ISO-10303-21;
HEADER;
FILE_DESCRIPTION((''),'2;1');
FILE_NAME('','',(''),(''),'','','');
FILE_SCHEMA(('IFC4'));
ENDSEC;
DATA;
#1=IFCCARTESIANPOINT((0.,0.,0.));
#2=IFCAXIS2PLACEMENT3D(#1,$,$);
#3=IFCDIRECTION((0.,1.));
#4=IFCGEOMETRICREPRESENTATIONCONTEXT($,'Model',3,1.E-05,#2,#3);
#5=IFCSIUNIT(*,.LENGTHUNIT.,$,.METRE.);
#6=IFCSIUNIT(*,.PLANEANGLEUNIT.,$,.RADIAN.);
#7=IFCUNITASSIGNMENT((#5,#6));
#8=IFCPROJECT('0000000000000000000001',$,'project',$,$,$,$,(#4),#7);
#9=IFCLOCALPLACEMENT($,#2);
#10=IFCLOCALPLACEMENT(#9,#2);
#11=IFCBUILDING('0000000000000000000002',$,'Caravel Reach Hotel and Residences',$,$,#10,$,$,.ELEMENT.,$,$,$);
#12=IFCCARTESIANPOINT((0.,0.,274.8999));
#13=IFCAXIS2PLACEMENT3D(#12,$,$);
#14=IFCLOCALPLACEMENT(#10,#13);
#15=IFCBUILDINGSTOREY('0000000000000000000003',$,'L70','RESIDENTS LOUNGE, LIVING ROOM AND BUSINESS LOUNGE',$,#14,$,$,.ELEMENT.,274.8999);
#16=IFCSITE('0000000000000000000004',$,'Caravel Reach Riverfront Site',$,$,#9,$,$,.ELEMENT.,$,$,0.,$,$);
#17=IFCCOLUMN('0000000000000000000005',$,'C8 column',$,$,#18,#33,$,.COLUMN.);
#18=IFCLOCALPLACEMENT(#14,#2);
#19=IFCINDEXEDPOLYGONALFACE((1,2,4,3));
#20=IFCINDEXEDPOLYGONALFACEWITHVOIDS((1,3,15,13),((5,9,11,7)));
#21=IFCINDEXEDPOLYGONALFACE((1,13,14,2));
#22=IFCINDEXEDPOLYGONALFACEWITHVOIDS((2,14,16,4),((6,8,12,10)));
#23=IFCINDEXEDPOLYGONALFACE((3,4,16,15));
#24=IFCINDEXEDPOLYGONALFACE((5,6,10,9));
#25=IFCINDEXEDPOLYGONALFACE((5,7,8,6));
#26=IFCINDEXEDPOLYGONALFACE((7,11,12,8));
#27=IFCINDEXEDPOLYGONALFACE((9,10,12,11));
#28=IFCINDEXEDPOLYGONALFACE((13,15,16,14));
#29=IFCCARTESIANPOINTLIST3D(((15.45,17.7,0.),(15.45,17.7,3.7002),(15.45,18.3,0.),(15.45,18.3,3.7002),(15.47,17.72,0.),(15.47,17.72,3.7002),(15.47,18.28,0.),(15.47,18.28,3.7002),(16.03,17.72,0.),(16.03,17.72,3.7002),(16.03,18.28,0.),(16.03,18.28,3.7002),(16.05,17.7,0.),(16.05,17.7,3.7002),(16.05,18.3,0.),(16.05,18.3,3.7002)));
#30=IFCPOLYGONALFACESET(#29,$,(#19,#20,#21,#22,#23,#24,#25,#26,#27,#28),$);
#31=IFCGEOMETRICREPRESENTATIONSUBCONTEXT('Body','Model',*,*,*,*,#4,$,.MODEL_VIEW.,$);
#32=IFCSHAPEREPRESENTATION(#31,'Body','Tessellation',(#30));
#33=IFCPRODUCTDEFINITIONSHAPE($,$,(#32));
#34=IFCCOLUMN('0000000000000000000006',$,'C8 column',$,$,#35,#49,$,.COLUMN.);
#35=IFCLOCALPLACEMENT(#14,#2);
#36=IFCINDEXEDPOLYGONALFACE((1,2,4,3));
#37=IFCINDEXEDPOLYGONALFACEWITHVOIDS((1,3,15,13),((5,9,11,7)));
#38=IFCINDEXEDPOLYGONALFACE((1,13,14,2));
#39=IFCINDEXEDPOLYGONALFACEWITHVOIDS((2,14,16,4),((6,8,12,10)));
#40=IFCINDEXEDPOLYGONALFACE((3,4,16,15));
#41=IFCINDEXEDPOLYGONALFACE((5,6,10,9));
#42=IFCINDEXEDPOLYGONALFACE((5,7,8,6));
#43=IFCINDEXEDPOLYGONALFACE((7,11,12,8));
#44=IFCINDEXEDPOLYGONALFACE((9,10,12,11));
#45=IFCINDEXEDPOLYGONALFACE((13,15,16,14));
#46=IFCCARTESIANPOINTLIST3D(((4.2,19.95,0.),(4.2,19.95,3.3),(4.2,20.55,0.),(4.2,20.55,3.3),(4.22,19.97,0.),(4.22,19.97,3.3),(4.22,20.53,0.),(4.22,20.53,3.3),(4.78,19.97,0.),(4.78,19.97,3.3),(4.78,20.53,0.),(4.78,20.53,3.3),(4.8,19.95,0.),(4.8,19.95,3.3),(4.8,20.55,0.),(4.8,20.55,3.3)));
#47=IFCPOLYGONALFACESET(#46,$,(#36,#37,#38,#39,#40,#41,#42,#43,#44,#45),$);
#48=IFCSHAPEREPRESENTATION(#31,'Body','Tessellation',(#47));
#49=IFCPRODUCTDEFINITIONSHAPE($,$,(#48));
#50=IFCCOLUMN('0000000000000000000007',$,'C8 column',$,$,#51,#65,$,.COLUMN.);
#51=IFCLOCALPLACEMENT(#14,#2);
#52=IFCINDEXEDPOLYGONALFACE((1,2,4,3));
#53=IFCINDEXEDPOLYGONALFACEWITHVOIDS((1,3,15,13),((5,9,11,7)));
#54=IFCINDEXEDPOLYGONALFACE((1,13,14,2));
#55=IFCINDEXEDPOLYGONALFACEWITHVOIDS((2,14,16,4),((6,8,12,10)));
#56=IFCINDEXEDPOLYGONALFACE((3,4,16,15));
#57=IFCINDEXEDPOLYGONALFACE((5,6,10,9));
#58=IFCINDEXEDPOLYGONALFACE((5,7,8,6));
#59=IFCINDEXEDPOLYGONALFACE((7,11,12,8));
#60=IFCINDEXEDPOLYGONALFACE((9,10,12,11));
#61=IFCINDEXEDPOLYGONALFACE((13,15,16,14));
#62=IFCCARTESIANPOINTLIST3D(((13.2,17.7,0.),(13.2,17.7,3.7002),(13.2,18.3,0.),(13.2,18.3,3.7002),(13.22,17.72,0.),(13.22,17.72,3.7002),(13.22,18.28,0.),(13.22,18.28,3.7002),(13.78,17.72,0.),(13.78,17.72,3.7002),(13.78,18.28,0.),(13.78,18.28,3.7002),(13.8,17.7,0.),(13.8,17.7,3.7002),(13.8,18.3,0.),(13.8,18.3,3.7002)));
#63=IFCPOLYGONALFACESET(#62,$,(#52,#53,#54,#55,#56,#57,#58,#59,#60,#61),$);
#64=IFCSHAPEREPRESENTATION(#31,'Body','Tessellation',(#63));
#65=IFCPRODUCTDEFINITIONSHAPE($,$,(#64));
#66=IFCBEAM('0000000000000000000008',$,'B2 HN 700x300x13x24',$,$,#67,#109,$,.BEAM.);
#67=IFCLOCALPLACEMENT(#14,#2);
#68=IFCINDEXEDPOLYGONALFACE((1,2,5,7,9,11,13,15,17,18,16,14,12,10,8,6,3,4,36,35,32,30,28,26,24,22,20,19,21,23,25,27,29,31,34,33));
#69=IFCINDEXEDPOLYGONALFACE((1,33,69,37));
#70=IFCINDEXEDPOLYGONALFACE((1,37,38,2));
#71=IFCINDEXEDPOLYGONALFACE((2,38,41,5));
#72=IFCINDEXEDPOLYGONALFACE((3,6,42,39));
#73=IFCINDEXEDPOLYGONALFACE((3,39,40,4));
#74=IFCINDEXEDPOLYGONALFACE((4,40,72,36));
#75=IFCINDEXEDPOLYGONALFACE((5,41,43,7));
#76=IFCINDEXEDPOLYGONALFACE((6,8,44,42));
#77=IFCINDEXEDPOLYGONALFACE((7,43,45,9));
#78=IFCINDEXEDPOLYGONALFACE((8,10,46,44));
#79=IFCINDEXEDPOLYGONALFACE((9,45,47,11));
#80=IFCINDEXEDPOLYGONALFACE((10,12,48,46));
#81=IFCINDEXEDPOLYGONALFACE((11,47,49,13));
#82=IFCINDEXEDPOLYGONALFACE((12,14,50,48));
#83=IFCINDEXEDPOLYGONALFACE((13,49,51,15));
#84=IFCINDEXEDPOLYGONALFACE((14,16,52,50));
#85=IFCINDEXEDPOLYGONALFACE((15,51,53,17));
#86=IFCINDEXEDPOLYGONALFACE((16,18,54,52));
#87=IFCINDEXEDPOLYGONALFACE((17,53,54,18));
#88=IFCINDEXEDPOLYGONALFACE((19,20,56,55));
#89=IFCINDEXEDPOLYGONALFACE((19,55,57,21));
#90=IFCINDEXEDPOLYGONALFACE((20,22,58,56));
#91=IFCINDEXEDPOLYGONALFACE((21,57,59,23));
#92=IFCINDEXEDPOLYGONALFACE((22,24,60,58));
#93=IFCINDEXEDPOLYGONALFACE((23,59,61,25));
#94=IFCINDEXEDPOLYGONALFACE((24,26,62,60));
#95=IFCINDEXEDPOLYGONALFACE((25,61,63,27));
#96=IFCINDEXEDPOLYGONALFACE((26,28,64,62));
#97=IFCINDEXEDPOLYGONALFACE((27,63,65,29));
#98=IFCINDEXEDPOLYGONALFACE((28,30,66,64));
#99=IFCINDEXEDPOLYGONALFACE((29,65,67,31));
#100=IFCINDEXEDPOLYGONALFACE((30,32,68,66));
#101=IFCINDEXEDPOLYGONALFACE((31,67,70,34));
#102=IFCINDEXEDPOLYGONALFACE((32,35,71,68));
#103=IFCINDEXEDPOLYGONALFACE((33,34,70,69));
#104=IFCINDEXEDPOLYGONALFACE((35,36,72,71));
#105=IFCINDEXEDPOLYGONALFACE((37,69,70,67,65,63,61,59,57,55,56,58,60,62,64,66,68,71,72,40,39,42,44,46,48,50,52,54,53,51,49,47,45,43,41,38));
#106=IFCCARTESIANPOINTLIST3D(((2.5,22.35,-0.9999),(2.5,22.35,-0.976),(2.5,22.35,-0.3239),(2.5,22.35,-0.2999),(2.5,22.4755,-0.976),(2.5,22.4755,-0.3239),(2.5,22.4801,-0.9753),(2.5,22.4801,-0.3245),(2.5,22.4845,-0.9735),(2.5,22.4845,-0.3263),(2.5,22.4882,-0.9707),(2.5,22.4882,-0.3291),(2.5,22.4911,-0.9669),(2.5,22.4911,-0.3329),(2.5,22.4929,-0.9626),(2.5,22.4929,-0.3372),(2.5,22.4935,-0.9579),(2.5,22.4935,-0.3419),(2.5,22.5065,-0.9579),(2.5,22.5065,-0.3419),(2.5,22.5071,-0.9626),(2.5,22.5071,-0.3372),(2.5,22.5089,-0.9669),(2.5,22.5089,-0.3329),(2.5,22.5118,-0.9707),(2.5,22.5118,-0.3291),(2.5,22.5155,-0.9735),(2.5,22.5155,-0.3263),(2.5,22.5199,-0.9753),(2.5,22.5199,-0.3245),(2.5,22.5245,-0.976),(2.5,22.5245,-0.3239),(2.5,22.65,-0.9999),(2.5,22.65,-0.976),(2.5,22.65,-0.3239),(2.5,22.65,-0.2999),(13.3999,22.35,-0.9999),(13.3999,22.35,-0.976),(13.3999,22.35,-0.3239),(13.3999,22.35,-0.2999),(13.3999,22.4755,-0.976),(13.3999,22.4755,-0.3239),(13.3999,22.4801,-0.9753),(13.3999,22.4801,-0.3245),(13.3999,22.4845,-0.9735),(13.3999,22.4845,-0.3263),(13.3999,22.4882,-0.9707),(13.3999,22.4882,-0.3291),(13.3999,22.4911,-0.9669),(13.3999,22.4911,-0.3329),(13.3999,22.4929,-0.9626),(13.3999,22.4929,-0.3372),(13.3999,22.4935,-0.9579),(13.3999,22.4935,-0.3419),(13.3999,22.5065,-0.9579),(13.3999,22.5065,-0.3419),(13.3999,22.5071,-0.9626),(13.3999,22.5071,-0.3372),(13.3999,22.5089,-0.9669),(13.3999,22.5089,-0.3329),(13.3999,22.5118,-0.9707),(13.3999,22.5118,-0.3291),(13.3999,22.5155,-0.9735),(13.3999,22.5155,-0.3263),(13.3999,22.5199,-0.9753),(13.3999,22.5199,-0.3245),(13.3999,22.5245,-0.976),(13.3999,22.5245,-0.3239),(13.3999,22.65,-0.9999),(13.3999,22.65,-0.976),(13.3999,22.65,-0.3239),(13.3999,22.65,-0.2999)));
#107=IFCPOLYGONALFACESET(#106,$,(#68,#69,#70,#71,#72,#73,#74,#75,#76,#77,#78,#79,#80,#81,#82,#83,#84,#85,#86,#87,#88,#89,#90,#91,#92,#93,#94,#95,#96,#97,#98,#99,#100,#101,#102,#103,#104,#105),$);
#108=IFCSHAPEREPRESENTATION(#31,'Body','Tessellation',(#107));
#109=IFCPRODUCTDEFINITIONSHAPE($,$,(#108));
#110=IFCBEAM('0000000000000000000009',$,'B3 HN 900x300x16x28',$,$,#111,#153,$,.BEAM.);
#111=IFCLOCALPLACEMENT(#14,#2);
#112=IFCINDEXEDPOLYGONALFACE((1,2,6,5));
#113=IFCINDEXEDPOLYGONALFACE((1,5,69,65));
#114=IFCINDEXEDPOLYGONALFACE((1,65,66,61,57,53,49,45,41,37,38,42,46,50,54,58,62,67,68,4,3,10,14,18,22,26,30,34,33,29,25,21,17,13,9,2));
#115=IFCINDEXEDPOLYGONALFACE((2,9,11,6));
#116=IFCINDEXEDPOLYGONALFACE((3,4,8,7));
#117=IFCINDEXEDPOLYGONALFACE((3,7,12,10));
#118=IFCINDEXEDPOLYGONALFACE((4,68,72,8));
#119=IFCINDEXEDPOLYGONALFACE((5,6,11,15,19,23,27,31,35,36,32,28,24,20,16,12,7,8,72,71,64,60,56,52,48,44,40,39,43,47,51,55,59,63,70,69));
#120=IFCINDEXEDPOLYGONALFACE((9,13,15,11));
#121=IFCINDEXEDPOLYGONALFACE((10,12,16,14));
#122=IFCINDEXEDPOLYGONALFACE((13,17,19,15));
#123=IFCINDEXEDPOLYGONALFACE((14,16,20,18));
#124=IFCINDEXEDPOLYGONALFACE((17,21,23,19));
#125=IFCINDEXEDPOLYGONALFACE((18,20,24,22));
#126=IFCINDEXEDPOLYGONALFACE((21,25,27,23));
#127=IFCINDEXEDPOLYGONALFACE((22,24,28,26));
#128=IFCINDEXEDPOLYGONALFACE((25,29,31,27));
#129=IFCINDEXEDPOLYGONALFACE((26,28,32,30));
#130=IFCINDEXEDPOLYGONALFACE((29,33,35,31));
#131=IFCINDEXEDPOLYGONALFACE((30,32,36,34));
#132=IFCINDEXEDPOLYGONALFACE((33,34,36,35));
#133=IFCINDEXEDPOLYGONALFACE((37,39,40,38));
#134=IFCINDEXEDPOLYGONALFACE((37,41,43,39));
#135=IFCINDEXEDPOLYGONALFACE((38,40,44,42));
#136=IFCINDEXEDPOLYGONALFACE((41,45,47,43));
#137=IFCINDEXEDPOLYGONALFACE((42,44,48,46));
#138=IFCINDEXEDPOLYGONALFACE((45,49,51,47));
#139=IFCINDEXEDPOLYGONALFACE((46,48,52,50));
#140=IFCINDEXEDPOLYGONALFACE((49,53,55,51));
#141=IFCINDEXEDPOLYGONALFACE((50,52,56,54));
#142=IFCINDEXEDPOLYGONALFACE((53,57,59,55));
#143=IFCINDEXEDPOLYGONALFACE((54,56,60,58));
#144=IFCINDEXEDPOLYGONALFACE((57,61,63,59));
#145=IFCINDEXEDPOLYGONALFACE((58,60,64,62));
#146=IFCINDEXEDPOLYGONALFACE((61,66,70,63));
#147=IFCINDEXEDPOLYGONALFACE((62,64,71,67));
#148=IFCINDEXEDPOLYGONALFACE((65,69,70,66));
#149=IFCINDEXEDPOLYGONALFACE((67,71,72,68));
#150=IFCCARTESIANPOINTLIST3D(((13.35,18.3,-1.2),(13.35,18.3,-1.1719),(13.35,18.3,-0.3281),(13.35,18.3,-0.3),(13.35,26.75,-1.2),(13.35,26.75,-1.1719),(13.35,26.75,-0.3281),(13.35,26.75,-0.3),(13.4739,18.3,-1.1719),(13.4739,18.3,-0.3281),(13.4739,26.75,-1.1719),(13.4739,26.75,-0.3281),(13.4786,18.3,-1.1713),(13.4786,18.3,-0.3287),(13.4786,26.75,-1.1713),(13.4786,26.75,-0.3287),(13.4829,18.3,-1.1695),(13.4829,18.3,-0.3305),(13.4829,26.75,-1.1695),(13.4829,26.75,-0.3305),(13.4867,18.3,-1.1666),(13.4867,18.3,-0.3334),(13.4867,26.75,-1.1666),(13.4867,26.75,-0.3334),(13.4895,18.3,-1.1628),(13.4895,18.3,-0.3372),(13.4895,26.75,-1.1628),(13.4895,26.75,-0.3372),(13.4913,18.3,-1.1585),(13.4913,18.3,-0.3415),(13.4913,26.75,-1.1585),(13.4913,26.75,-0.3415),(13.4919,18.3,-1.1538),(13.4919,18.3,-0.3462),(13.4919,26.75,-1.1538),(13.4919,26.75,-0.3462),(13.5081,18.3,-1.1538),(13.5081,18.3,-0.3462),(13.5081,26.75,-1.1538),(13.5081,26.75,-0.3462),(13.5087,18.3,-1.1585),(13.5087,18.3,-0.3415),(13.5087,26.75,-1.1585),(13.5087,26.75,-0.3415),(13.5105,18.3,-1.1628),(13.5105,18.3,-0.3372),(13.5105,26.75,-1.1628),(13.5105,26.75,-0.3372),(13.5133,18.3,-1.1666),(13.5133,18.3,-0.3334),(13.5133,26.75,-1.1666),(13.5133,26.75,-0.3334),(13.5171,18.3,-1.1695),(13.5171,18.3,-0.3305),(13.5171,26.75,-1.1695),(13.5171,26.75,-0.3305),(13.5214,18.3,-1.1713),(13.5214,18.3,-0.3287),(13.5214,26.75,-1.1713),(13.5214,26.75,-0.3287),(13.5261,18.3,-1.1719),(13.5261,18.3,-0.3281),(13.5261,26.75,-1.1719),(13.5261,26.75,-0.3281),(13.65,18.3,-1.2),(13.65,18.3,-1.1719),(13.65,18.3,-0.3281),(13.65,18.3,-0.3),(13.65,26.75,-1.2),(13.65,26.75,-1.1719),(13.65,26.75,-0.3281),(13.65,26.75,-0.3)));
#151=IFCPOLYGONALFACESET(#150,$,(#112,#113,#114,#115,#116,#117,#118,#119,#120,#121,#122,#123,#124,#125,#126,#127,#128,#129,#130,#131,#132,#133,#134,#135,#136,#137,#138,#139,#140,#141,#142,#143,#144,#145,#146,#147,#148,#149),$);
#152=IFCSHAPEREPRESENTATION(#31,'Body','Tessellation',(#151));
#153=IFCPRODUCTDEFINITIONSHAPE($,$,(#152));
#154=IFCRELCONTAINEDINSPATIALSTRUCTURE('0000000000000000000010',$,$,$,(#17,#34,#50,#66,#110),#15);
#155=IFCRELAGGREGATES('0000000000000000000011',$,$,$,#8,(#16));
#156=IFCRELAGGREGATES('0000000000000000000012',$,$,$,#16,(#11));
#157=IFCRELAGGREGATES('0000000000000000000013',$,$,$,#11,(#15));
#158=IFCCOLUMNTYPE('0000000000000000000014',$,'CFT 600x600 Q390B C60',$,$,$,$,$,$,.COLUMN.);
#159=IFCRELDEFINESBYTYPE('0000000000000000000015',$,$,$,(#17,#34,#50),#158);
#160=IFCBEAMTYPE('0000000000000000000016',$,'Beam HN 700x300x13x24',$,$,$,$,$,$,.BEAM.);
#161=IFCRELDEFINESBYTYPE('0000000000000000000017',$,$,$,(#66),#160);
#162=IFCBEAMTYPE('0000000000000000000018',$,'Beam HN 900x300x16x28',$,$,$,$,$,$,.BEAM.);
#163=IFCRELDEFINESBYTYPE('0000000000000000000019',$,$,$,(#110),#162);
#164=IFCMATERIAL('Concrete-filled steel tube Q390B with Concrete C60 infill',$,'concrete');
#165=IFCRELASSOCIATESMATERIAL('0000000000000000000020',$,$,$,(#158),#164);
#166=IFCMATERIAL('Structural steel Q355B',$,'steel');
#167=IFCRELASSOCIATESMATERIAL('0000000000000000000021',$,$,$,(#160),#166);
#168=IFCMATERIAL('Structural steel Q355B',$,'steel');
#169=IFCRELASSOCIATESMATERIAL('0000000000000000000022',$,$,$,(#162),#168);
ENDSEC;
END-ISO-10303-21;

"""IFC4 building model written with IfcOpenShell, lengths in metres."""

from ifc_helpers import new_model, si_unit, direction, frame, origin, origin_2d, place, context, subcontext, project, spatial, hollow_rectangle, i_section, extrude, material, material_profile, profile_set, type_object, element, save


model = new_model("IFC4")

# Units and contexts
model_context = context("Model", 3, precision=1e-05, world=origin(), true_north=direction((0.0, 1.0)))
body_context = subcontext(model_context, "Body", "Model", "MODEL_VIEW")
ifc_project = project(units=[si_unit("LENGTHUNIT", "METRE"), si_unit("PLANEANGLEUNIT", "RADIAN")], contexts=[model_context])

# Site, building, storey
site_placement = place(None, origin())
site = spatial("IfcSite", under=ifc_project, at=site_placement, Name="Caravel Reach Riverfront Site", CompositionType="ELEMENT", RefElevation=0.0)
building_placement = place(site_placement, origin())
building = spatial("IfcBuilding", under=site, at=building_placement, Name="Caravel Reach Hotel and Residences", CompositionType="ELEMENT")
storey_placement = place(building_placement, frame((0.0, 0.0, 274.8999)))
storey = spatial("IfcBuildingStorey", under=building, at=storey_placement, Name="L70", Description="RESIDENTS LOUNGE, LIVING ROOM AND BUSINESS LOUNGE", CompositionType="ELEMENT", Elevation=274.8999)

# Columns
ifc_material_1 = material(Name="Concrete-filled steel tube Q390B with Concrete C60 infill", Category="concrete")
ifc_material_profile_1 = material_profile(ifc_material_1, hollow_rectangle(XDim=0.6001, YDim=0.6001, WallThickness=0.02, at=origin_2d()), Name="RHS 600x600x20")
ifc_profile_set_1 = profile_set([ifc_material_profile_1], Name="Concrete-filled steel tube Q390B with Concrete C60 infill")
column_type = type_object("IfcColumnType", Name="CFT 600x600 Q390B C60", PredefinedType="COLUMN", material=ifc_profile_set_1)
column_1_placement = place(storey_placement, frame((15.75, 18.0, 0.0), z_axis=(0.0, 0.0, 1.0), x_axis=(1.0, 0.0, 0.0)))
element("IfcColumn", 1, at=column_1_placement, inside=storey, type_object=column_type, Name="C8 column", PredefinedType="COLUMN", context=body_context, shape_type="SweptSolid", body=[
    extrude(hollow_rectangle(XDim=0.6001, YDim=0.6001, WallThickness=0.02, at=origin_2d()), origin(), (0.0, 0.0, 1.0), 3.7002),
])
column_2_placement = place(storey_placement, frame((4.5, 20.25, 0.0), z_axis=(0.0, 0.0, 1.0), x_axis=(1.0, 0.0, 0.0)))
element("IfcColumn", 2, at=column_2_placement, inside=storey, type_object=column_type, Name="C8 column", PredefinedType="COLUMN", context=body_context, shape_type="SweptSolid", body=[
    extrude(hollow_rectangle(XDim=0.6001, YDim=0.6001, WallThickness=0.02, at=origin_2d()), origin(), (0.0, 0.0, 1.0), 3.3),
])
column_3_placement = place(storey_placement, frame((13.5, 18.0, 0.0), z_axis=(0.0, 0.0, 1.0), x_axis=(1.0, 0.0, 0.0)))
element("IfcColumn", 3, at=column_3_placement, inside=storey, type_object=column_type, Name="C8 column", PredefinedType="COLUMN", context=body_context, shape_type="SweptSolid", body=[
    extrude(hollow_rectangle(XDim=0.6001, YDim=0.6001, WallThickness=0.02, at=origin_2d()), origin(), (0.0, 0.0, 1.0), 3.7002),
])

# Beams
ifc_material_2 = material(Name="Structural steel Q355B", Category="steel")
ifc_material_profile_2 = material_profile(ifc_material_2, i_section(OverallWidth=0.3, OverallDepth=0.7, WebThickness=0.0129, FlangeThickness=0.0239, FilletRadius=0.0181, at=origin_2d()), Name="HN 700x300x13x24")
ifc_profile_set_2 = profile_set([ifc_material_profile_2], Name="Structural steel Q355B")
beam_type_1 = type_object("IfcBeamType", Name="Beam HN 700x300x13x24", PredefinedType="BEAM", material=ifc_profile_set_2)
beam_1_placement = place(storey_placement, frame((13.3999, 22.5, -0.6499), z_axis=(-1.0, 0.0, 0.0), x_axis=(0.0, -1.0, 0.0)))
element("IfcBeam", 4, at=beam_1_placement, inside=storey, type_object=beam_type_1, Name="B2 HN 700x300x13x24", PredefinedType="BEAM", context=body_context, shape_type="SweptSolid", body=[
    extrude(i_section(OverallWidth=0.3, OverallDepth=0.7, WebThickness=0.0129, FlangeThickness=0.0239, FilletRadius=0.0181, at=origin_2d()), origin(), (0.0, 0.0, 1.0), 10.8999),
])
ifc_material_3 = material(Name="Structural steel Q355B", Category="steel")
ifc_material_profile_3 = material_profile(ifc_material_3, i_section(OverallWidth=0.3, OverallDepth=0.8999, WebThickness=0.0161, FlangeThickness=0.0281, FilletRadius=0.0181, at=origin_2d()), Name="HN 900x300x16x28")
ifc_profile_set_3 = profile_set([ifc_material_profile_3], Name="Structural steel Q355B")
beam_type_2 = type_object("IfcBeamType", Name="Beam HN 900x300x16x28", PredefinedType="BEAM", material=ifc_profile_set_3)
beam_2_placement = place(storey_placement, frame((13.5, 18.3, -0.75), z_axis=(0.0, 1.0, 0.0), x_axis=(-1.0, 0.0, 0.0)))
element("IfcBeam", 5, at=beam_2_placement, inside=storey, type_object=beam_type_2, Name="B3 HN 900x300x16x28", PredefinedType="BEAM", context=body_context, shape_type="SweptSolid", body=[
    extrude(i_section(OverallWidth=0.3, OverallDepth=0.8999, WebThickness=0.0161, FlangeThickness=0.0281, FilletRadius=0.0181, at=origin_2d()), origin(), (0.0, 0.0, 1.0), 8.45),
])

save(model, "model.ifc")
